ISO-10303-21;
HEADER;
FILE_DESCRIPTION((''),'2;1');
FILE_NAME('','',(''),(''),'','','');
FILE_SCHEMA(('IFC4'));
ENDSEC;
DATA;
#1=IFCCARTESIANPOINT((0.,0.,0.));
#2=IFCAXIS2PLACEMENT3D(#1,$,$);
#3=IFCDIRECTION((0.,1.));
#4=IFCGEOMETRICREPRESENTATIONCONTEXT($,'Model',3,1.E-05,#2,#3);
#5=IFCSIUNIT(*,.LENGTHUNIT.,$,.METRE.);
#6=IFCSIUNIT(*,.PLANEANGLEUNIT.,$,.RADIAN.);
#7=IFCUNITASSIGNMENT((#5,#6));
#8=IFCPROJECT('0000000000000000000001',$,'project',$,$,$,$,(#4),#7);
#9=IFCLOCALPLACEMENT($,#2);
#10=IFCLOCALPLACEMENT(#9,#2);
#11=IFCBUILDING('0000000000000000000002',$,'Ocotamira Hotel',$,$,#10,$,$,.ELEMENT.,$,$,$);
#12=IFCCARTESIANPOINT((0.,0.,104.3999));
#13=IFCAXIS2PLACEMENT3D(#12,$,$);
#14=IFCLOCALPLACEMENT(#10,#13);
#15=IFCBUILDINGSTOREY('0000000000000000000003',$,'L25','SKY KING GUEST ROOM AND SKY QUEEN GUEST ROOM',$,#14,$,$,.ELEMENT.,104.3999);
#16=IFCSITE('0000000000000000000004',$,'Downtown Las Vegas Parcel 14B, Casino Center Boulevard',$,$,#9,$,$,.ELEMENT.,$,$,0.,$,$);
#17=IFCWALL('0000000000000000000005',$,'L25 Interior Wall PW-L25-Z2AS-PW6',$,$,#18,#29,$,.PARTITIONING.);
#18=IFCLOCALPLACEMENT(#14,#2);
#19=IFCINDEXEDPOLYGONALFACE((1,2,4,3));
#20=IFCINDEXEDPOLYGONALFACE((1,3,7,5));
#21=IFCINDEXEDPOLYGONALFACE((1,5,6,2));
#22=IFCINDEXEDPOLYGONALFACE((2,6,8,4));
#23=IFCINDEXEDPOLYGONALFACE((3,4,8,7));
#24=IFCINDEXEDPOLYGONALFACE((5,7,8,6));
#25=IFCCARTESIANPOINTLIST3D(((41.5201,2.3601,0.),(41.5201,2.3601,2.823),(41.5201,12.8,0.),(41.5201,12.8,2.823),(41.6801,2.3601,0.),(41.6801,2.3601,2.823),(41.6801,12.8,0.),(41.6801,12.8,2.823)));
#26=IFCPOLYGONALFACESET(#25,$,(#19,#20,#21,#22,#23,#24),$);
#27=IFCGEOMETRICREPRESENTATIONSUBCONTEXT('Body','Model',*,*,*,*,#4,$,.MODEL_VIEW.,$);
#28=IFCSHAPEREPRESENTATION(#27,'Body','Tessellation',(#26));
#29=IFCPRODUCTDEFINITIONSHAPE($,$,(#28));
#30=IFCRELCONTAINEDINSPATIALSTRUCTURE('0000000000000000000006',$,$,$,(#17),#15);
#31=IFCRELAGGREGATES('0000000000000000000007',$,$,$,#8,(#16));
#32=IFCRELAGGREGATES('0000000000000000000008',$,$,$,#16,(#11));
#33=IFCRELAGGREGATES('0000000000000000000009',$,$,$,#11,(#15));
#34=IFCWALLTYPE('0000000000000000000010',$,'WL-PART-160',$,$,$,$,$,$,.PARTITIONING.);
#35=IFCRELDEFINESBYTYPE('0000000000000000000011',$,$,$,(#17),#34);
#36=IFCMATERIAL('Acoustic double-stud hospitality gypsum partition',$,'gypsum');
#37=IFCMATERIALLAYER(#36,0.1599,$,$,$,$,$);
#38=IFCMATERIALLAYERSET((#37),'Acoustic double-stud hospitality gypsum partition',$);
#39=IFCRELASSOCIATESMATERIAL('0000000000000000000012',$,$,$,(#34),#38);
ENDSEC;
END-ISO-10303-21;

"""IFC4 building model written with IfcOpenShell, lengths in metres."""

from ifc_helpers import new_model, si_unit, direction, frame, frame_2d, origin, place, context, subcontext, project, spatial, rectangle, extrude, material, layer, layer_set, type_object, element, save


model = new_model("IFC4")

# Units and contexts
model_context = context("Model", 3, precision=1e-05, world=origin(), true_north=direction((0.0, 1.0)))
body_context = subcontext(model_context, "Body", "Model", "MODEL_VIEW")
ifc_project = project(units=[si_unit("LENGTHUNIT", "METRE"), si_unit("PLANEANGLEUNIT", "RADIAN")], contexts=[model_context])

# Site, building, storey
site_placement = place(None, origin())
site = spatial("IfcSite", under=ifc_project, at=site_placement, Name="Downtown Las Vegas Parcel 14B, Casino Center Boulevard", CompositionType="ELEMENT", RefElevation=0.0)
building_placement = place(site_placement, origin())
building = spatial("IfcBuilding", under=site, at=building_placement, Name="Ocotamira Hotel", CompositionType="ELEMENT")
storey_placement = place(building_placement, frame((0.0, 0.0, 104.3999)))
storey = spatial("IfcBuildingStorey", under=building, at=storey_placement, Name="L25", Description="SKY KING GUEST ROOM AND SKY QUEEN GUEST ROOM", CompositionType="ELEMENT", Elevation=104.3999)

# Wall
ifc_material_1 = material(Name="Acoustic double-stud hospitality gypsum partition", Category="gypsum")
ifc_layer_1 = layer(ifc_material_1, 0.1599)
ifc_layer_set_1 = layer_set([ifc_layer_1], Name="Acoustic double-stud hospitality gypsum partition")
wall_type = type_object("IfcWallType", Name="WL-PART-160", PredefinedType="PARTITIONING", material=ifc_layer_set_1)
wall_placement = place(storey_placement, frame((41.6001, 2.3601, 0.0), z_axis=(0.0, 0.0, 1.0), x_axis=(0.0, 1.0, 0.0)))
element("IfcWall", 1, at=wall_placement, inside=storey, type_object=wall_type, Name="L25 Interior Wall PW-L25-Z2AS-PW6", PredefinedType="PARTITIONING", context=body_context, shape_type="SweptSolid", body=[
    extrude(rectangle(XDim=10.4399, YDim=0.1599, at=frame_2d((5.22, 0.0))), origin(), (0.0, 0.0, 1.0), 2.823),
])

save(model, "model.ifc")
